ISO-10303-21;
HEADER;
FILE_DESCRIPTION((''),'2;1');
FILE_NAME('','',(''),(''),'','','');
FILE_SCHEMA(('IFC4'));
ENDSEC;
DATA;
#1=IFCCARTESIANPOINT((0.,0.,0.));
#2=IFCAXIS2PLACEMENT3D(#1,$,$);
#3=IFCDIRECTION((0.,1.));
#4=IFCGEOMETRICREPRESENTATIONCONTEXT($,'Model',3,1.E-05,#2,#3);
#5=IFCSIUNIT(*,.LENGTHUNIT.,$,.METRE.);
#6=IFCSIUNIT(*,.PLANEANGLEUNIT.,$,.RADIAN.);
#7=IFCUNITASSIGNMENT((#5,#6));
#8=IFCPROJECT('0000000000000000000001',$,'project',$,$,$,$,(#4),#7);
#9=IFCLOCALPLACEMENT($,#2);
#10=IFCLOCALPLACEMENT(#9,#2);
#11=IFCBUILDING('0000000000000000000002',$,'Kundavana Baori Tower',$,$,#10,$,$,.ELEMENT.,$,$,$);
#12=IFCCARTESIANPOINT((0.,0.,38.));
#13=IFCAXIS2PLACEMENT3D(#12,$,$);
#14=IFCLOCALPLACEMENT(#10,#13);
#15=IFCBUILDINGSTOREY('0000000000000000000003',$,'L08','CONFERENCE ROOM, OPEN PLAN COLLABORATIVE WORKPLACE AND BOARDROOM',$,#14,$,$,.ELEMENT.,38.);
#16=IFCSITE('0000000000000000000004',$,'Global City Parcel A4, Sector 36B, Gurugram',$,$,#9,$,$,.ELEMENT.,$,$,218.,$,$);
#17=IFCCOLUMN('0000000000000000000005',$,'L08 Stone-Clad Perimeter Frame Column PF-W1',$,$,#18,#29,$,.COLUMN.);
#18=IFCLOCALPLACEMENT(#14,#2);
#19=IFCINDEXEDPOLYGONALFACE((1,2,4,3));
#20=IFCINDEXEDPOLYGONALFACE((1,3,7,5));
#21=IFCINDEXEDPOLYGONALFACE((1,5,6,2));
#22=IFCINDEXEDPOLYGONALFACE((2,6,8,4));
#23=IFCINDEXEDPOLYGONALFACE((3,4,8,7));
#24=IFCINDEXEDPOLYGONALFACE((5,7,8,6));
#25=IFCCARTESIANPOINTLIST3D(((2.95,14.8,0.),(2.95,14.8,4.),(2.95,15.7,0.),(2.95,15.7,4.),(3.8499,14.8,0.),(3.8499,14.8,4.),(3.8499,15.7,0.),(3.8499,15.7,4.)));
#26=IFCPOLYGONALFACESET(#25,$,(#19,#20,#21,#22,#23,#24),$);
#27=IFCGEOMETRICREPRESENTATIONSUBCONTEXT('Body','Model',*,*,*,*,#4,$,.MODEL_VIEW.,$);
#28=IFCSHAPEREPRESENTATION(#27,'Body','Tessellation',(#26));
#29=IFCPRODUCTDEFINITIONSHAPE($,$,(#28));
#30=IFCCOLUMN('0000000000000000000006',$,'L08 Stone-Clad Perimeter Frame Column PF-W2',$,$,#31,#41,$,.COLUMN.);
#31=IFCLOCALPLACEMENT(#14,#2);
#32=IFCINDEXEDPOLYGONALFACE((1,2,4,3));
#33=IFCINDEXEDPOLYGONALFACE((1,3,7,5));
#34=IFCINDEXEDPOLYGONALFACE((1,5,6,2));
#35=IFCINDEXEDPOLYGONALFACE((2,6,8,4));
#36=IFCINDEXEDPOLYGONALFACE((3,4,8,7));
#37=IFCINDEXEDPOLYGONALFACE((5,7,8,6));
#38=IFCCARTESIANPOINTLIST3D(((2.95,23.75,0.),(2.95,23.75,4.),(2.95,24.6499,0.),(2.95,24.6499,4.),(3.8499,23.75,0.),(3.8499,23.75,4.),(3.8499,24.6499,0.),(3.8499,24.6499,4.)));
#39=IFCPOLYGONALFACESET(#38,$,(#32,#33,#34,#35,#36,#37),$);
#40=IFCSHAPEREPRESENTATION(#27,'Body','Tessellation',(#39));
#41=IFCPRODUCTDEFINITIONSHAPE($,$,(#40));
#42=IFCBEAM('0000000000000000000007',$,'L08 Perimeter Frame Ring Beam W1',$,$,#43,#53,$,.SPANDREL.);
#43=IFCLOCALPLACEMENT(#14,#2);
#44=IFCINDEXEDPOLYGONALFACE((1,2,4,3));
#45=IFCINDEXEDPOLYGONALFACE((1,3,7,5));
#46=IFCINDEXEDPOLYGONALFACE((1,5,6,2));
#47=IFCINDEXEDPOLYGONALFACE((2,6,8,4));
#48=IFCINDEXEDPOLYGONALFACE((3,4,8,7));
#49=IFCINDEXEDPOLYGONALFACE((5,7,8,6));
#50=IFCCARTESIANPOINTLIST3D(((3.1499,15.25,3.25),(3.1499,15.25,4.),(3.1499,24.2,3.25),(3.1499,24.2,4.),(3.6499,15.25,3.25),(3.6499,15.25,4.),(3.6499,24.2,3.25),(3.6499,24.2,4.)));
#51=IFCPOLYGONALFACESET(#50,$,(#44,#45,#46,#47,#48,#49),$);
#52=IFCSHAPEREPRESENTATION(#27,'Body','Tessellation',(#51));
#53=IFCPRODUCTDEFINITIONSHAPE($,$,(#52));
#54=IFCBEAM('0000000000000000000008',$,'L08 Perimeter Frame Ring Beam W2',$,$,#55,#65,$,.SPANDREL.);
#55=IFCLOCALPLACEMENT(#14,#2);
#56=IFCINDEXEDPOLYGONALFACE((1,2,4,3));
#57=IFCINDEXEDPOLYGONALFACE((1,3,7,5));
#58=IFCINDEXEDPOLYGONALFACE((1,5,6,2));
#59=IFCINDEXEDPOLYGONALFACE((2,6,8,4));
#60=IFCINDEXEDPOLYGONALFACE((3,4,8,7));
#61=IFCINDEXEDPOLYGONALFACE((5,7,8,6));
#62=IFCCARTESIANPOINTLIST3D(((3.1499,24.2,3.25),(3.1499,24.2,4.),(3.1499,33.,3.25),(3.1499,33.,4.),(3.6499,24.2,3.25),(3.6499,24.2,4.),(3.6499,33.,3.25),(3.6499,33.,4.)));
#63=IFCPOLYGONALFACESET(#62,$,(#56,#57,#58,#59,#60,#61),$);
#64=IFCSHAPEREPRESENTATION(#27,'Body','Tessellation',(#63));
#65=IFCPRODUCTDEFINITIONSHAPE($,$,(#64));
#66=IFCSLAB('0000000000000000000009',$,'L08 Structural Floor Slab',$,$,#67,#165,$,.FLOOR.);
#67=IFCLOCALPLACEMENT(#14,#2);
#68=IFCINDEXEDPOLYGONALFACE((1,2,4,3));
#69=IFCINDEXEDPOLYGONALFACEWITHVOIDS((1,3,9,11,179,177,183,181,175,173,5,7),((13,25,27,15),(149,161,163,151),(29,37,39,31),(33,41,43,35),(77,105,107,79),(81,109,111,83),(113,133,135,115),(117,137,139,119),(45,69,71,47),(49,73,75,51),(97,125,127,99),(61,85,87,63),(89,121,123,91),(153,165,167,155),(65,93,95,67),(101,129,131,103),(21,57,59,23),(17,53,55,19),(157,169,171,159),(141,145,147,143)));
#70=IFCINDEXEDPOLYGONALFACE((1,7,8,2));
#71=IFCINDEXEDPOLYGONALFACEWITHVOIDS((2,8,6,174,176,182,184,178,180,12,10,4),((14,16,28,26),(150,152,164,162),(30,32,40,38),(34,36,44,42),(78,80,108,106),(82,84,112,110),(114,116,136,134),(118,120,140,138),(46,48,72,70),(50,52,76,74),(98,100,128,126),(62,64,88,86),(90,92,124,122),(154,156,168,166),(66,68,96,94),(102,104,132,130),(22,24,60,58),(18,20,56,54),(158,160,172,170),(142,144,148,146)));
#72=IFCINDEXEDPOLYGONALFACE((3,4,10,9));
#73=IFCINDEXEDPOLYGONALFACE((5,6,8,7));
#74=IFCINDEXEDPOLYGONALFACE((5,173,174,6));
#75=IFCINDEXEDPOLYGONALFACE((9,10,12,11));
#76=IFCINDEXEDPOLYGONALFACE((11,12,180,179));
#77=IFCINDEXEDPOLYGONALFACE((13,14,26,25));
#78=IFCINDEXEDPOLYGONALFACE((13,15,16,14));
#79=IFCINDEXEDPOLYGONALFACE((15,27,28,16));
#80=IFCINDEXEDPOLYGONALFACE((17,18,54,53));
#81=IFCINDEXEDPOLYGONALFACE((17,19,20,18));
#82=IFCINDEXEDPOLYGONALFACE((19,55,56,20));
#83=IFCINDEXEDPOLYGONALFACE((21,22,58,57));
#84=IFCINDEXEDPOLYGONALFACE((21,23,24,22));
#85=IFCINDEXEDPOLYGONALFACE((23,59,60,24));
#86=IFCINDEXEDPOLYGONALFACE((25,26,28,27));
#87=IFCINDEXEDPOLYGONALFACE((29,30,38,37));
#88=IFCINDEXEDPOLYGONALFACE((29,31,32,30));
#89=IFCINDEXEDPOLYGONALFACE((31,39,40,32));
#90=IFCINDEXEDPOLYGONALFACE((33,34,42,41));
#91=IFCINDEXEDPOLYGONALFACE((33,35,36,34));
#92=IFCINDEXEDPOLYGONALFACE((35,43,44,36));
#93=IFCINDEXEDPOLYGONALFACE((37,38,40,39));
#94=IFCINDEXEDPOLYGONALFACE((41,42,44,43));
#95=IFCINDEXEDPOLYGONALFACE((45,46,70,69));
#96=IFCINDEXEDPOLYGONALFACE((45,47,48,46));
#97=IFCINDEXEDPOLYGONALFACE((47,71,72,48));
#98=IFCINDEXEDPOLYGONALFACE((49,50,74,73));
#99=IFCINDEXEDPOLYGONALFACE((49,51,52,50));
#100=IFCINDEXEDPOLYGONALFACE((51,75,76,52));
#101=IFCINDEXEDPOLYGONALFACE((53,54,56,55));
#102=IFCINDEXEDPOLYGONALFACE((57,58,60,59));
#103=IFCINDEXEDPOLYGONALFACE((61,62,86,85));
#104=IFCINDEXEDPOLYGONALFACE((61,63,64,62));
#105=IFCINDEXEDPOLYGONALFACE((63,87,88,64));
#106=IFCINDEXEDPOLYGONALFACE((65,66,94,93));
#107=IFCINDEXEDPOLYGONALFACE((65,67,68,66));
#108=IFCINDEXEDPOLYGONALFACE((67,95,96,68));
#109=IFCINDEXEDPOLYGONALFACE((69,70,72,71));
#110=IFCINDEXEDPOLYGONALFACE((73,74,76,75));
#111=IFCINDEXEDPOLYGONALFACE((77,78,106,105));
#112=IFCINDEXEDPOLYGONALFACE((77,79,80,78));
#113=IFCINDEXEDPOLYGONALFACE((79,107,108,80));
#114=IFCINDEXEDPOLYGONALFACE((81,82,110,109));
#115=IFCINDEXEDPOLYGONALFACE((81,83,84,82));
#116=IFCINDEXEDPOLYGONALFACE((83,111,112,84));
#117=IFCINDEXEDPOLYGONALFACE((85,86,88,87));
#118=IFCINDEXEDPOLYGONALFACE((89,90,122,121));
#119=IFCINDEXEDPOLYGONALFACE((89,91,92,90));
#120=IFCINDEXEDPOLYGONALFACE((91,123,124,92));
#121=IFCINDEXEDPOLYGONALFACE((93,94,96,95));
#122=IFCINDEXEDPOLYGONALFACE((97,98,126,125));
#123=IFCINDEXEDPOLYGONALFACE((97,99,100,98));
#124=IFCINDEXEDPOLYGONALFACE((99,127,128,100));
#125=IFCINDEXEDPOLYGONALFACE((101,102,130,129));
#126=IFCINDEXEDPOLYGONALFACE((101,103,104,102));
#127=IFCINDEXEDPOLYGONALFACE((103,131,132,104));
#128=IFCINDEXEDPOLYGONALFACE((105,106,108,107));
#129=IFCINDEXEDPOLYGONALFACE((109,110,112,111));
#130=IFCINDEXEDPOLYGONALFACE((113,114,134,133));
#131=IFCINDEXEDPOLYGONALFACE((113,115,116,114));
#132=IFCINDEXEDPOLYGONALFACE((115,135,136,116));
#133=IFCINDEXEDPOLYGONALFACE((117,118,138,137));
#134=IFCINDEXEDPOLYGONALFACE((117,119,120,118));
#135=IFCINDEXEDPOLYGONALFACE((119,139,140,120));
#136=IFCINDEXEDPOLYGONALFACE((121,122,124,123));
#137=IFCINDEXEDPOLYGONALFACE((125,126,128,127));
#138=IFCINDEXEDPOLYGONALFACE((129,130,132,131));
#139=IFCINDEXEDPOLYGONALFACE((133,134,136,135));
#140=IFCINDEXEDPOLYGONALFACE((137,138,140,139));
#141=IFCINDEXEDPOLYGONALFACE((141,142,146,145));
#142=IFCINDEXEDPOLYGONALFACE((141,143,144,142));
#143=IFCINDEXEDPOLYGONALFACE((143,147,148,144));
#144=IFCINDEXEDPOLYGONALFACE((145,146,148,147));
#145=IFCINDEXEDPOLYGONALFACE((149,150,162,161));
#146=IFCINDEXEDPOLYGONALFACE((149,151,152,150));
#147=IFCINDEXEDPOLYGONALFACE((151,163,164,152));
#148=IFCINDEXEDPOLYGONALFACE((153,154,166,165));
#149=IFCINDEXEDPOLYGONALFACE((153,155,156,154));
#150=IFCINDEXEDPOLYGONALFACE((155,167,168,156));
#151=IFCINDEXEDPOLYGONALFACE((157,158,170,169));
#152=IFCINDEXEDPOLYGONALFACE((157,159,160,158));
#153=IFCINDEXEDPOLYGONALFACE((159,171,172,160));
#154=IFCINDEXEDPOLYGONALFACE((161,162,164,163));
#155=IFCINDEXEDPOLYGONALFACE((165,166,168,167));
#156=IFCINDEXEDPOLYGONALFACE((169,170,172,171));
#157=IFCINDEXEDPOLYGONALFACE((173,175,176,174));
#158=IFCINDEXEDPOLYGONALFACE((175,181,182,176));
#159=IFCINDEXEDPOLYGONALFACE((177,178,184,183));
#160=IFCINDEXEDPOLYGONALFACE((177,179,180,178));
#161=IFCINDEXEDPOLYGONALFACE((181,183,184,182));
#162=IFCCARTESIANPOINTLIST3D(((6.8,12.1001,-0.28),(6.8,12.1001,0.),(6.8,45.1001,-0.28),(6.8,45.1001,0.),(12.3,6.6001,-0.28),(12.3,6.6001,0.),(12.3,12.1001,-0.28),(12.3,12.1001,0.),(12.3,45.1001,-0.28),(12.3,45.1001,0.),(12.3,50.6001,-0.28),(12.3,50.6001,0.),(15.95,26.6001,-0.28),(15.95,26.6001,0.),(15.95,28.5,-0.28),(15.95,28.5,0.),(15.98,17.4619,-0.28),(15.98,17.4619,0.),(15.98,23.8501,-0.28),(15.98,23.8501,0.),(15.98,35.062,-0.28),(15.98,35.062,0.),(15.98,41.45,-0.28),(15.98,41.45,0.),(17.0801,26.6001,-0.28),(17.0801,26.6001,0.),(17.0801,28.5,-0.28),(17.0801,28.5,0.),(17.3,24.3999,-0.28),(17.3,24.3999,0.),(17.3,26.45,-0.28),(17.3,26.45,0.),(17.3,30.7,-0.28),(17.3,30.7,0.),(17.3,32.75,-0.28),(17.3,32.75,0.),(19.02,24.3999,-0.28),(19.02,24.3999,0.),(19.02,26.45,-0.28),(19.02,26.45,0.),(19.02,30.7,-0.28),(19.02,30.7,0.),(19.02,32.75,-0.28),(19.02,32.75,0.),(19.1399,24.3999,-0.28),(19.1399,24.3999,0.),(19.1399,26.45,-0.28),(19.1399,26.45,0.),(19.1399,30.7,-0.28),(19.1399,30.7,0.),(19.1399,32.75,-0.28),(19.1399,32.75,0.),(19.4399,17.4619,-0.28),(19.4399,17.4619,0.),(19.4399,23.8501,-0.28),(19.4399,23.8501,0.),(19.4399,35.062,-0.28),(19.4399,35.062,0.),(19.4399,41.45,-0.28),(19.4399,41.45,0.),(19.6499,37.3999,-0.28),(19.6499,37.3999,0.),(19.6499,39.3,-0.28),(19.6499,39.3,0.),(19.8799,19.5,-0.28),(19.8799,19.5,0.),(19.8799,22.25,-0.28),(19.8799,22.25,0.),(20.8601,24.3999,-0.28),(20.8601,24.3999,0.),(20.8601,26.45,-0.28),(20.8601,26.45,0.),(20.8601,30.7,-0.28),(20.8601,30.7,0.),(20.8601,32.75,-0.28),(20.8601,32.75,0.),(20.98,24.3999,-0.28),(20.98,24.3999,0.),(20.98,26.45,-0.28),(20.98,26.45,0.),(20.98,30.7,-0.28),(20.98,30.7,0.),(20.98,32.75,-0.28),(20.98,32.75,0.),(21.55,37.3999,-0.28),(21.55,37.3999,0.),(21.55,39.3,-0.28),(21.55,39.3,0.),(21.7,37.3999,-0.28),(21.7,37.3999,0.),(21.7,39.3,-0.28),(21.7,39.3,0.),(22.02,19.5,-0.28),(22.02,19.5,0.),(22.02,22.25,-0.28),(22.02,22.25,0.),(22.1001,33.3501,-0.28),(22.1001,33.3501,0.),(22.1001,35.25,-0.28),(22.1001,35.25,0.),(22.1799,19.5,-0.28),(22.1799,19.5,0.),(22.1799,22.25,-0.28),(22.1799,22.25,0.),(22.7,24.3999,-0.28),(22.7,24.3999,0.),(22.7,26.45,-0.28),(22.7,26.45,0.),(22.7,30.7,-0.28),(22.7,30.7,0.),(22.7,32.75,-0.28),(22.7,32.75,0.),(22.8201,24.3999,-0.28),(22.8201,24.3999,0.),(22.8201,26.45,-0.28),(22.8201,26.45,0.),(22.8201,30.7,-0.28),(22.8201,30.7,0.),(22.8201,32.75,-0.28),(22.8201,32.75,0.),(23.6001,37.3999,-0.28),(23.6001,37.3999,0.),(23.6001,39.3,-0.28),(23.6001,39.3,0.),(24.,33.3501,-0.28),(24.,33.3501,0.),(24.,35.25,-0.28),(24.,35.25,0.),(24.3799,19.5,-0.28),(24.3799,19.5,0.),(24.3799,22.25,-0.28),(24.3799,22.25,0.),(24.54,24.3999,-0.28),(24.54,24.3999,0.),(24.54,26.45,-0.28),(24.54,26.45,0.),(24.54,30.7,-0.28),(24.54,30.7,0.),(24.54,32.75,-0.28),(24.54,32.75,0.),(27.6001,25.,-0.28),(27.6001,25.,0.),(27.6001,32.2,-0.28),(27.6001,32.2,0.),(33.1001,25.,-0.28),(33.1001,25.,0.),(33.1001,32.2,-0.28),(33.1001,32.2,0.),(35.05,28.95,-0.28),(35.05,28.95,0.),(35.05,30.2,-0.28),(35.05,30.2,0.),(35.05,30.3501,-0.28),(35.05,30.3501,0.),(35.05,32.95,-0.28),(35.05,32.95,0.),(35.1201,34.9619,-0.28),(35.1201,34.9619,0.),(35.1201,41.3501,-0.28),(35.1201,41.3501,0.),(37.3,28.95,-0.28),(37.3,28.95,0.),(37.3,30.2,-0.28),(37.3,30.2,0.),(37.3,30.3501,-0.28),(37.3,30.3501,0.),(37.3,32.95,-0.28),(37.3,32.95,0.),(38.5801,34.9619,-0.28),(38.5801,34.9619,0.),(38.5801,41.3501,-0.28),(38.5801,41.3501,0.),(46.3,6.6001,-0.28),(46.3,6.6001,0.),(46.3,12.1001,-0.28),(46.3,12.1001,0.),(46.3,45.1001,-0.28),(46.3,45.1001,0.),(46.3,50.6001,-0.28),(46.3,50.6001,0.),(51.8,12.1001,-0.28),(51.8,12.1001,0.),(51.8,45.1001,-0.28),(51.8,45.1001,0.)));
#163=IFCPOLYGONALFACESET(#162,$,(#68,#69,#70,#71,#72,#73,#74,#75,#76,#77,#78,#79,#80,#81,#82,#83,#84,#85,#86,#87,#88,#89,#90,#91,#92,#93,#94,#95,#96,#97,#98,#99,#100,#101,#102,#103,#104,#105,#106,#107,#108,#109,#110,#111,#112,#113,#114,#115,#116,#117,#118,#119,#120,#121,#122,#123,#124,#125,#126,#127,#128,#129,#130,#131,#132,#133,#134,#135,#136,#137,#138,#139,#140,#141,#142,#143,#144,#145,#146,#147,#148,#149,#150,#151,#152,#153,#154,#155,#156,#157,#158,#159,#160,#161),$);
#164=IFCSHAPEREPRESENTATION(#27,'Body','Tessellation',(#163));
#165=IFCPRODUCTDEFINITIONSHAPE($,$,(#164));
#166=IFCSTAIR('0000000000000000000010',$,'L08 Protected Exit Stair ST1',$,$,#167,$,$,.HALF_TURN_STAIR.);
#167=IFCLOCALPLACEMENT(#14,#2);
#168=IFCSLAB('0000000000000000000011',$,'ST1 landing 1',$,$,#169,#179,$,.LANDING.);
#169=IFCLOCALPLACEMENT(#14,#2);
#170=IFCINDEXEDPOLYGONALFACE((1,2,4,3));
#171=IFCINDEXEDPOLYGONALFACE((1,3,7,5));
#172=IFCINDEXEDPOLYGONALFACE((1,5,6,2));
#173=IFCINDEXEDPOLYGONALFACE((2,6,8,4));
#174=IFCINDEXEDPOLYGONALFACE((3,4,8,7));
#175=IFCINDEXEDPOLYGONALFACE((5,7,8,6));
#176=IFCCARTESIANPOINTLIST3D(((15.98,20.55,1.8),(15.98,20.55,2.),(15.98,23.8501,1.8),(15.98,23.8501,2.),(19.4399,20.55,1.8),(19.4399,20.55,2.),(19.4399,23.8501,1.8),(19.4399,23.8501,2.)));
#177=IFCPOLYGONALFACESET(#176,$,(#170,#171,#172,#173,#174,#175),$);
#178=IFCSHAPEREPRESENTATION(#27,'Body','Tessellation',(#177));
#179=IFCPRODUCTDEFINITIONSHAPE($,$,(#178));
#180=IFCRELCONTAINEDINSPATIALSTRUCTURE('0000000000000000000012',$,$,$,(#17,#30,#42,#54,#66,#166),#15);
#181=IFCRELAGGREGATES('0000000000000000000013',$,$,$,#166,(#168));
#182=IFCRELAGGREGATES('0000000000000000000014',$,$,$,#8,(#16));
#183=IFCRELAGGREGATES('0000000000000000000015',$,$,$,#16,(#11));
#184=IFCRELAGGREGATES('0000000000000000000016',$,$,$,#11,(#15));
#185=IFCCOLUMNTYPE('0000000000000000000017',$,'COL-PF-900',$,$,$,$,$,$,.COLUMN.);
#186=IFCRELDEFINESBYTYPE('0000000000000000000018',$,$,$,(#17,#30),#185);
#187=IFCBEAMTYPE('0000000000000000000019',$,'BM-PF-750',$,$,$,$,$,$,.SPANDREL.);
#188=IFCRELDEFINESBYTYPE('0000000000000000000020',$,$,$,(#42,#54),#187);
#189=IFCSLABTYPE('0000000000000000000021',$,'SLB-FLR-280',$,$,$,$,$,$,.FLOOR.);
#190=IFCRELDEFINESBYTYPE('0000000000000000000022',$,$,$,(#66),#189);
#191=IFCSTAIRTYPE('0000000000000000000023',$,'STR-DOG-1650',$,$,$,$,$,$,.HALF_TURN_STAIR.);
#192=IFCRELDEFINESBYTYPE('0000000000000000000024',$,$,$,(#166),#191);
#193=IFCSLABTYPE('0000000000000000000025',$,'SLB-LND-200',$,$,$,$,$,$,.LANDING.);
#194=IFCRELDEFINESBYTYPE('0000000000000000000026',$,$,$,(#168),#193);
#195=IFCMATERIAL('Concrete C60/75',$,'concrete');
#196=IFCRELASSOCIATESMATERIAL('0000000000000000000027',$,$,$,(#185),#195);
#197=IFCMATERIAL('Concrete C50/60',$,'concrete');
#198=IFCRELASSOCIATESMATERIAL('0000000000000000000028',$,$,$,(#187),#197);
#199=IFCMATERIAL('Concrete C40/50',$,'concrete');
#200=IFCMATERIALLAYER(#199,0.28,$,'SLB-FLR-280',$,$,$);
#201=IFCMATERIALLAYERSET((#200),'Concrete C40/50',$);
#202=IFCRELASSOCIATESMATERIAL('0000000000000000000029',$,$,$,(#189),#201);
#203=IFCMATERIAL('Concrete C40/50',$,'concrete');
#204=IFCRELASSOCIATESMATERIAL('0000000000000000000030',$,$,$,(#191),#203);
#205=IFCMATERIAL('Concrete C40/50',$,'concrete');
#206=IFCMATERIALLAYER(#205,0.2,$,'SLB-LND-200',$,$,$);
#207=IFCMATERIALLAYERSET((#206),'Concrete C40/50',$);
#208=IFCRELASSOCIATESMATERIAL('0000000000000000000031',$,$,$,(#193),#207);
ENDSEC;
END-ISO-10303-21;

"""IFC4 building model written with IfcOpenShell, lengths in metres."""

from ifc_helpers import new_model, si_unit, direction, frame, origin, origin_2d, place, context, subcontext, project, spatial, polyline, rectangle, outline, extrude, material, layer, layer_set, material_profile, profile_set, type_object, element, aggregate, save


model = new_model("IFC4")

# Units and contexts
model_context = context("Model", 3, precision=1e-05, world=origin(), true_north=direction((0.0, 1.0)))
body_context = subcontext(model_context, "Body", "Model", "MODEL_VIEW")
ifc_project = project(units=[si_unit("LENGTHUNIT", "METRE"), si_unit("PLANEANGLEUNIT", "RADIAN")], contexts=[model_context])

# Site, building, storey
site_placement = place(None, origin())
site = spatial("IfcSite", under=ifc_project, at=site_placement, Name="Global City Parcel A4, Sector 36B, Gurugram", CompositionType="ELEMENT", RefElevation=218.0)
building_placement = place(site_placement, origin())
building = spatial("IfcBuilding", under=site, at=building_placement, Name="Kundavana Baori Tower", CompositionType="ELEMENT")
storey_placement = place(building_placement, frame((0.0, 0.0, 38.0)))
storey = spatial("IfcBuildingStorey", under=building, at=storey_placement, Name="L08", Description="CONFERENCE ROOM, OPEN PLAN COLLABORATIVE WORKPLACE AND BOARDROOM", CompositionType="ELEMENT", Elevation=38.0)

# Columns
ifc_material_1 = material(Name="Concrete C60/75", Category="concrete")
ifc_material_profile_1 = material_profile(ifc_material_1, rectangle(XDim=0.8999, YDim=0.8999, at=origin_2d()), Name="RC PF 900x900")
ifc_profile_set_1 = profile_set([ifc_material_profile_1], Name="Concrete C60/75")
column_type = type_object("IfcColumnType", Name="COL-PF-900", PredefinedType="COLUMN", material=ifc_profile_set_1)
for number, where, z_axis, x_axis, name in (
    (1, (3.3999, 15.25, 0.0), (0.0, 0.0, 1.0), (1.0, 0.0, 0.0), "L08 Stone-Clad Perimeter Frame Column PF-W1"),
    (2, (3.3999, 24.2, 0.0), (0.0, 0.0, 1.0), (1.0, 0.0, 0.0), "L08 Stone-Clad Perimeter Frame Column PF-W2"),
):
    element("IfcColumn", number, at=place(storey_placement, frame(where, z_axis=z_axis, x_axis=x_axis)), inside=storey, type_object=column_type, Name=name, PredefinedType="COLUMN", context=body_context, shape_type="SweptSolid", body=[
        extrude(rectangle(XDim=0.8999, YDim=0.8999, at=origin_2d()), origin(), (0.0, 0.0, 1.0), 4.0),
    ])

# Beams
ifc_material_2 = material(Name="Concrete C50/60", Category="concrete")
ifc_material_profile_2 = material_profile(ifc_material_2, rectangle(XDim=0.5, YDim=0.75, at=origin_2d()), Name="RC BM 500x750")
ifc_profile_set_2 = profile_set([ifc_material_profile_2], Name="Concrete C50/60")
beam_type = type_object("IfcBeamType", Name="BM-PF-750", PredefinedType="SPANDREL", material=ifc_profile_set_2)
beam_1_placement = place(storey_placement, frame((3.3999, 15.25, 3.625), z_axis=(0.0, 1.0, 0.0), x_axis=(-1.0, 0.0, 0.0)))
element("IfcBeam", 3, at=beam_1_placement, inside=storey, type_object=beam_type, Name="L08 Perimeter Frame Ring Beam W1", PredefinedType="SPANDREL", context=body_context, shape_type="SweptSolid", body=[
    extrude(rectangle(XDim=0.5, YDim=0.75, at=origin_2d()), origin(), (0.0, 0.0, 1.0), 8.95),
])
beam_2_placement = place(storey_placement, frame((3.3999, 24.2, 3.625), z_axis=(0.0, 1.0, 0.0), x_axis=(-1.0, 0.0, 0.0)))
element("IfcBeam", 4, at=beam_2_placement, inside=storey, type_object=beam_type, Name="L08 Perimeter Frame Ring Beam W2", PredefinedType="SPANDREL", context=body_context, shape_type="SweptSolid", body=[
    extrude(rectangle(XDim=0.5, YDim=0.75, at=origin_2d()), origin(), (0.0, 0.0, 1.0), 8.8),
])

# Slab
ifc_material_3 = material(Name="Concrete C40/50", Category="concrete")
ifc_layer_1 = layer(ifc_material_3, 0.28, Name="SLB-FLR-280")
ifc_layer_set_1 = layer_set([ifc_layer_1], Name="Concrete C40/50")
slab_type_1 = type_object("IfcSlabType", Name="SLB-FLR-280", PredefinedType="FLOOR", material=ifc_layer_set_1)
slab_1_placement = place(storey_placement, frame((0.0, 0.0, -0.28)))
element("IfcSlab", 5, at=slab_1_placement, inside=storey, type_object=slab_type_1, Name="L08 Structural Floor Slab", PredefinedType="FLOOR", context=body_context, shape_type="SweptSolid", body=[
    extrude(outline(polyline([(12.3, 6.6001), (46.3, 6.6001), (46.3, 12.1001), (51.8, 12.1001), (51.8, 45.1001), (46.3, 45.1001), (46.3, 50.6001), (12.3, 50.6001), (12.3, 45.1001), (6.8, 45.1001), (6.8, 12.1001), (12.3, 12.1001), (12.3, 6.6001)]), holes=[polyline([(19.4399, 17.4619), (19.4399, 23.8501), (15.98, 23.8501), (15.98, 17.4619), (19.4399, 17.4619)]), polyline([(19.4399, 35.062), (19.4399, 41.45), (15.98, 41.45), (15.98, 35.062), (19.4399, 35.062)]), polyline([(38.5801, 34.9619), (38.5801, 41.3501), (35.1201, 41.3501), (35.1201, 34.9619), (38.5801, 34.9619)]), polyline([(17.3, 24.3999), (19.02, 24.3999), (19.02, 26.45), (17.3, 26.45), (17.3, 24.3999)]), polyline([(19.1399, 24.3999), (20.8601, 24.3999), (20.8601, 26.45), (19.1399, 26.45), (19.1399, 24.3999)]), polyline([(20.98, 24.3999), (22.7, 24.3999), (22.7, 26.45), (20.98, 26.45), (20.98, 24.3999)]), polyline([(22.8201, 24.3999), (24.54, 24.3999), (24.54, 26.45), (22.8201, 26.45), (22.8201, 24.3999)]), polyline([(17.3, 30.7), (19.02, 30.7), (19.02, 32.75), (17.3, 32.75), (17.3, 30.7)]), polyline([(19.1399, 30.7), (20.8601, 30.7), (20.8601, 32.75), (19.1399, 32.75), (19.1399, 30.7)]), polyline([(20.98, 30.7), (22.7, 30.7), (22.7, 32.75), (20.98, 32.75), (20.98, 30.7)]), polyline([(22.8201, 30.7), (24.54, 30.7), (24.54, 32.75), (22.8201, 32.75), (22.8201, 30.7)]), polyline([(19.6499, 37.3999), (21.55, 37.3999), (21.55, 39.3), (19.6499, 39.3), (19.6499, 37.3999)]), polyline([(21.7, 37.3999), (23.6001, 37.3999), (23.6001, 39.3), (21.7, 39.3), (21.7, 37.3999)]), polyline([(22.1001, 33.3501), (24.0, 33.3501), (24.0, 35.25), (22.1001, 35.25), (22.1001, 33.3501)]), polyline([(19.8799, 19.5), (22.02, 19.5), (22.02, 22.25), (19.8799, 22.25), (19.8799, 19.5)]), polyline([(22.1799, 19.5), (24.3799, 19.5), (24.3799, 22.25), (22.1799, 22.25), (22.1799, 19.5)]), polyline([(35.05, 30.3501), (37.3, 30.3501), (37.3, 32.95), (35.05, 32.95), (35.05, 30.3501)]), polyline([(15.95, 26.6001), (17.0801, 26.6001), (17.0801, 28.5), (15.95, 28.5), (15.95, 26.6001)]), polyline([(35.05, 28.95), (37.3, 28.95), (37.3, 30.2), (35.05, 30.2), (35.05, 28.95)]), polyline([(27.6001, 25.0), (33.1001, 25.0), (33.1001, 32.2), (27.6001, 32.2), (27.6001, 25.0)])]), origin(), (0.0, 0.0, 1.0), 0.28),
])

# Stair, slab
ifc_material_4 = material(Name="Concrete C40/50", Category="concrete")
stair_type = type_object("IfcStairType", Name="STR-DOG-1650", PredefinedType="HALF_TURN_STAIR", material=ifc_material_4)
stair_1_placement = place(storey_placement, origin())
stair_1 = element("IfcStair", 6, at=stair_1_placement, inside=storey, type_object=stair_type, Name="L08 Protected Exit Stair ST1", PredefinedType="HALF_TURN_STAIR")
ifc_material_5 = material(Name="Concrete C40/50", Category="concrete")
ifc_layer_2 = layer(ifc_material_5, 0.2, Name="SLB-LND-200")
ifc_layer_set_2 = layer_set([ifc_layer_2], Name="Concrete C40/50")
slab_type_2 = type_object("IfcSlabType", Name="SLB-LND-200", PredefinedType="LANDING", material=ifc_layer_set_2)
slab_2_placement = place(storey_placement, frame((0.0, 0.0, 1.8)))
slab_2 = element("IfcSlab", 7, at=slab_2_placement, type_object=slab_type_2, Name="ST1 landing 1", PredefinedType="LANDING", context=body_context, shape_type="SweptSolid", body=[
    extrude(outline(polyline([(19.4399, 20.55), (19.4399, 23.8501), (15.98, 23.8501), (15.98, 20.55), (19.4399, 20.55)])), origin(), (0.0, 0.0, 1.0), 0.2),
])
aggregate(stair_1, [slab_2])

save(model, "model.ifc")
